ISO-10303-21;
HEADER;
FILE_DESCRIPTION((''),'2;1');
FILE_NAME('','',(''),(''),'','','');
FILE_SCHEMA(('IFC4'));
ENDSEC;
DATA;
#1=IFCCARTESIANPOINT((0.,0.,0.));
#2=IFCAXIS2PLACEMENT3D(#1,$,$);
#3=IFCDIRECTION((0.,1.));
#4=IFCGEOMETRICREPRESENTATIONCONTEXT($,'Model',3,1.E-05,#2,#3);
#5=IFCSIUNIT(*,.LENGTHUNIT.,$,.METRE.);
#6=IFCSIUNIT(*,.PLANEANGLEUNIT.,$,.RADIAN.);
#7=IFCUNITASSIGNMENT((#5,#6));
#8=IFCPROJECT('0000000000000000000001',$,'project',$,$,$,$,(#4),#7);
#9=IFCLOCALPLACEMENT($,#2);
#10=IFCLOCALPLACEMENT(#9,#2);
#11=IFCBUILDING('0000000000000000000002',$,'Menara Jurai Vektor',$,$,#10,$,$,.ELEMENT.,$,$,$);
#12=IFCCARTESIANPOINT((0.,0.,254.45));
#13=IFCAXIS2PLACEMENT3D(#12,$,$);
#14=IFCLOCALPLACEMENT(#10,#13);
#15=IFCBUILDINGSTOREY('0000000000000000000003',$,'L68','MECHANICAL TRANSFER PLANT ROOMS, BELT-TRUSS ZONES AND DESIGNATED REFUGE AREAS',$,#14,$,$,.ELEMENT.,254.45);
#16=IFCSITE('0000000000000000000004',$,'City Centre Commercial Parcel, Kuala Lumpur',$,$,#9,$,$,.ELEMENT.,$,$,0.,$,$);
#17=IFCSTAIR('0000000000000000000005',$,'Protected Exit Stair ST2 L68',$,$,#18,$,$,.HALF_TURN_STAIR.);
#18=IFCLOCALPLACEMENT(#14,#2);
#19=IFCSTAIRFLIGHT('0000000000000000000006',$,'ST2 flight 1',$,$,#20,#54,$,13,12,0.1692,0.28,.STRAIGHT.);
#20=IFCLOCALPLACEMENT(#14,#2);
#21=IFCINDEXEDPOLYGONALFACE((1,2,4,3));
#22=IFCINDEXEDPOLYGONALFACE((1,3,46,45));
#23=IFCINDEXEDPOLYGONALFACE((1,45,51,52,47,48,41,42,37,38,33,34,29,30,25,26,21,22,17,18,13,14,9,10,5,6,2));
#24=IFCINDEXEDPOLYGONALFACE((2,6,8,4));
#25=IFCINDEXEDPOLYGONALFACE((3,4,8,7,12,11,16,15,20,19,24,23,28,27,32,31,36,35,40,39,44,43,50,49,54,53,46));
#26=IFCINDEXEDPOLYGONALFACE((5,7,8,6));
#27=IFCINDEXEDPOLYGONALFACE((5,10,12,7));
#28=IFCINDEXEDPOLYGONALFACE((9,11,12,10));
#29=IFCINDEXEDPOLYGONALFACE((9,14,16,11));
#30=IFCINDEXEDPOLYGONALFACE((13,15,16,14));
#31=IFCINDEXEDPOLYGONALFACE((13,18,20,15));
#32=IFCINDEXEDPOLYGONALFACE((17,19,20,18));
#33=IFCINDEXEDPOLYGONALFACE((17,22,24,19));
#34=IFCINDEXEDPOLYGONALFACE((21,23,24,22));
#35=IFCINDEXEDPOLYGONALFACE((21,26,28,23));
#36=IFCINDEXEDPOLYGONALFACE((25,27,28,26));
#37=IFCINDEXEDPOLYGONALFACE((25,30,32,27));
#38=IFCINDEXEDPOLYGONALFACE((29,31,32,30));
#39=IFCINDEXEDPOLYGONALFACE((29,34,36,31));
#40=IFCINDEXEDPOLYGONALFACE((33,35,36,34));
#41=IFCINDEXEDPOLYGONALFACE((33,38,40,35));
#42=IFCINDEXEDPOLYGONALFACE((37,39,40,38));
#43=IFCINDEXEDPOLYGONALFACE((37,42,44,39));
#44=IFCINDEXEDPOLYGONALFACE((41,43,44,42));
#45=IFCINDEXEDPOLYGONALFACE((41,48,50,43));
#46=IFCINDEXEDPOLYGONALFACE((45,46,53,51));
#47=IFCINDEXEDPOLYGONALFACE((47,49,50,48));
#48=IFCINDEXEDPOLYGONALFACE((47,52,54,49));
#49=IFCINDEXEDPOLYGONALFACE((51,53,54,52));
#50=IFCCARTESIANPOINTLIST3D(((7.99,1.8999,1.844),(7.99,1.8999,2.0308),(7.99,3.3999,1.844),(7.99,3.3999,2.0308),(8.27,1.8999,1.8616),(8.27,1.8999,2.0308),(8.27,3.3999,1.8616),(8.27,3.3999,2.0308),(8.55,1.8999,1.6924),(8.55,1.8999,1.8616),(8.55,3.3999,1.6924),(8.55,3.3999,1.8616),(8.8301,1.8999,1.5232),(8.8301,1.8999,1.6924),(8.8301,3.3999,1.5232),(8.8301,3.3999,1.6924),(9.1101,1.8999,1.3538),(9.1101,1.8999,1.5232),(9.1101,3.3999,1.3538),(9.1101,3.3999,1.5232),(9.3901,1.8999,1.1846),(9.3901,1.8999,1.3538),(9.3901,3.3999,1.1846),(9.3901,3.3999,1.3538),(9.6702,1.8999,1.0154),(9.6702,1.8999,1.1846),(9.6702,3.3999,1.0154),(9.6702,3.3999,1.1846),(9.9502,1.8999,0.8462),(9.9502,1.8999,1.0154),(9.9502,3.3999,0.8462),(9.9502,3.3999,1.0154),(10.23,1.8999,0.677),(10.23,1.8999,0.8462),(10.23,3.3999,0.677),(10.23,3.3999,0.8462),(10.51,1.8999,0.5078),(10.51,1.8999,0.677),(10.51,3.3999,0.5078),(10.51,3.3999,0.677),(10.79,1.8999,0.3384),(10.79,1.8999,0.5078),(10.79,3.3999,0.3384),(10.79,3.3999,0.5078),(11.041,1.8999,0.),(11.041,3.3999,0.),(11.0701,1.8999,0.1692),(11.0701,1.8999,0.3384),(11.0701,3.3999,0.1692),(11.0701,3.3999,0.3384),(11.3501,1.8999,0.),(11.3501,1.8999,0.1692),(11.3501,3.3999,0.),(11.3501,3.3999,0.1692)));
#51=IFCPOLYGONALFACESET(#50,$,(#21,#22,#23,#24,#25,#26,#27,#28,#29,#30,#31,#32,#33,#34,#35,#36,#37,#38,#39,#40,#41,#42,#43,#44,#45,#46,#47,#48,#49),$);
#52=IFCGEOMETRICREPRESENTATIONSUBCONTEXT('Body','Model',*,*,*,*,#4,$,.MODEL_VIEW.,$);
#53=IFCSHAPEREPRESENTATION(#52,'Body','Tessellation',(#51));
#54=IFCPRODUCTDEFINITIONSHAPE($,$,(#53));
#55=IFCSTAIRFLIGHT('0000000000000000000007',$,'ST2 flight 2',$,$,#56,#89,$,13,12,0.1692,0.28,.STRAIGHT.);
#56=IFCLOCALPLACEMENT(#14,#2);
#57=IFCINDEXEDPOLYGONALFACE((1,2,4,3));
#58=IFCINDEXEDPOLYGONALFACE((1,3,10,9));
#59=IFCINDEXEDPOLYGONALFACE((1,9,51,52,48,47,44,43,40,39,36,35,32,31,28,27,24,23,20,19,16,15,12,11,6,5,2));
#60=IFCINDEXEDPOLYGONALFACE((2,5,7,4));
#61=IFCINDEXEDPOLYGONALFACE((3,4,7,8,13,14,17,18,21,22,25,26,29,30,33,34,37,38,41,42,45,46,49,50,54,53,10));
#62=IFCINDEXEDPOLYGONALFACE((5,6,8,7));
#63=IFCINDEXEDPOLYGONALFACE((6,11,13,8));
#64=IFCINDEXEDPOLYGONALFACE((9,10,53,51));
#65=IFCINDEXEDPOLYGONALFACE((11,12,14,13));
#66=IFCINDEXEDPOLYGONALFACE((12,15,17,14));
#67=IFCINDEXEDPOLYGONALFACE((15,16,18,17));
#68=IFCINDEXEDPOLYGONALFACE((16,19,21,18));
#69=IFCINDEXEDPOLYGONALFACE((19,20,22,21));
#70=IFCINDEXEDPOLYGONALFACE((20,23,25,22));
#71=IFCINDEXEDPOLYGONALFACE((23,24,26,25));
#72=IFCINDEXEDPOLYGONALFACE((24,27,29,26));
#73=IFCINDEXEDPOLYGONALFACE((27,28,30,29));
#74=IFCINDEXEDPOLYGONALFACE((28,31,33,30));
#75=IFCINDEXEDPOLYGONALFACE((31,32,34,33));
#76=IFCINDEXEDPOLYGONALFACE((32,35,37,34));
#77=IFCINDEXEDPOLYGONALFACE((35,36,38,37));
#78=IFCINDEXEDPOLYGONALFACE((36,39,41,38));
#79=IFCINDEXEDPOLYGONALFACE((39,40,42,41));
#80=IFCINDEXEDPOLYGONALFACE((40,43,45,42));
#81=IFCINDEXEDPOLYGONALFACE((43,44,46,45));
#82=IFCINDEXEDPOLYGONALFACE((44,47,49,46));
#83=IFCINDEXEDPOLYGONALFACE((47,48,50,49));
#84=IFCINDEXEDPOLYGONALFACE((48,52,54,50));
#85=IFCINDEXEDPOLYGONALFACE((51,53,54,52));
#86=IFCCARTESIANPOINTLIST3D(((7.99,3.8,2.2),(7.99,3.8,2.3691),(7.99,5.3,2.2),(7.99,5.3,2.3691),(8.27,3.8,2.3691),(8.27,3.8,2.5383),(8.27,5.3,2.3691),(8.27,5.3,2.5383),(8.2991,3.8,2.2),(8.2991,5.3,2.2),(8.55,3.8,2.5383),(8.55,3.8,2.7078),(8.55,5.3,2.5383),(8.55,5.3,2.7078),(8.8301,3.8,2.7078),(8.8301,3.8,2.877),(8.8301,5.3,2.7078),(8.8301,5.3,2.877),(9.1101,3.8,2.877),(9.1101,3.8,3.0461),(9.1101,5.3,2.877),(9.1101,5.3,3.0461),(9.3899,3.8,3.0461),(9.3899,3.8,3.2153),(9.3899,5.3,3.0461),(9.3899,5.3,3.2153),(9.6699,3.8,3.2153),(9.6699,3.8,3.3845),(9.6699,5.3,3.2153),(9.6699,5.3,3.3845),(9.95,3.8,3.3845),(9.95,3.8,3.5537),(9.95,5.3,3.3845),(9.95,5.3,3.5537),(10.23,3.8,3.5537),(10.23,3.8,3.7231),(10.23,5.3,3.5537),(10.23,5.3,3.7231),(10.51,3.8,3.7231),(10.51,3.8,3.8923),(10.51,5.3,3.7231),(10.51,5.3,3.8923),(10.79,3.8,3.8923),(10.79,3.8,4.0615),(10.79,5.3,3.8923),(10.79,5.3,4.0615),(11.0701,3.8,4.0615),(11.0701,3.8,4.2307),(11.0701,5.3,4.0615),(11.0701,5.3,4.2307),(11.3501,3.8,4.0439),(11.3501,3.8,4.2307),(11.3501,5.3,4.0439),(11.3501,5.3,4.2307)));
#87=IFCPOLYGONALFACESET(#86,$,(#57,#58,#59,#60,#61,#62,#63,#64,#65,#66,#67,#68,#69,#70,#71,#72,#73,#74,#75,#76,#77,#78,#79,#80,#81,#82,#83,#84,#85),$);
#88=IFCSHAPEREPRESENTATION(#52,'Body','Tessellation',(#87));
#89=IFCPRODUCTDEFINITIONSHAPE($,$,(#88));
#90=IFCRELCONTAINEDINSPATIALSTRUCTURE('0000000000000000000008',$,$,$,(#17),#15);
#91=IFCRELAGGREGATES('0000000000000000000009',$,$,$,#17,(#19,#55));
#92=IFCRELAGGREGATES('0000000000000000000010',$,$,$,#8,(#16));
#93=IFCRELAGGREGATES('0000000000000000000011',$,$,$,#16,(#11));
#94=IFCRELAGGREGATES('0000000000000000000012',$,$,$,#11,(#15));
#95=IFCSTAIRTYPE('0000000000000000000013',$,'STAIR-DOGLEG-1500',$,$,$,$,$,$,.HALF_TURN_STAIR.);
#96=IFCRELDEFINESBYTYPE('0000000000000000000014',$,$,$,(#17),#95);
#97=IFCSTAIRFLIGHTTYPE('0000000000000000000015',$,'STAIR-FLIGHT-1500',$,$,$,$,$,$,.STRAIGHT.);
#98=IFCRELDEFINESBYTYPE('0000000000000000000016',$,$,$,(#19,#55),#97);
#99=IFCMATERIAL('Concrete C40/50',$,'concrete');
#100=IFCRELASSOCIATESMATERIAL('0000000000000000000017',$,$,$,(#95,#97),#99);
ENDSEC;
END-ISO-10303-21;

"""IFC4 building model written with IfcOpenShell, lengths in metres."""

from ifc_helpers import new_model, si_unit, direction, frame, origin, place, context, subcontext, project, spatial, polyline, outline, extrude, material, type_object, element, aggregate, save


model = new_model("IFC4")

# Units and contexts
model_context = context("Model", 3, precision=1e-05, world=origin(), true_north=direction((0.0, 1.0)))
body_context = subcontext(model_context, "Body", "Model", "MODEL_VIEW")
ifc_project = project(units=[si_unit("LENGTHUNIT", "METRE"), si_unit("PLANEANGLEUNIT", "RADIAN")], contexts=[model_context])

# Site, building, storey
site_placement = place(None, origin())
site = spatial("IfcSite", under=ifc_project, at=site_placement, Name="City Centre Commercial Parcel, Kuala Lumpur", CompositionType="ELEMENT", RefElevation=0.0)
building_placement = place(site_placement, origin())
building = spatial("IfcBuilding", under=site, at=building_placement, Name="Menara Jurai Vektor", CompositionType="ELEMENT")
storey_placement = place(building_placement, frame((0.0, 0.0, 254.45)))
storey = spatial("IfcBuildingStorey", under=building, at=storey_placement, Name="L68", Description="MECHANICAL TRANSFER PLANT ROOMS, BELT-TRUSS ZONES AND DESIGNATED REFUGE AREAS", CompositionType="ELEMENT", Elevation=254.45)

# Shared definitions
ifc_material_1 = material(Name="Concrete C40/50", Category="concrete")

# Stair, stair flights
stair_type = type_object("IfcStairType", Name="STAIR-DOGLEG-1500", PredefinedType="HALF_TURN_STAIR", material=ifc_material_1)
stair_placement = place(storey_placement, origin())
stair = element("IfcStair", 1, at=stair_placement, inside=storey, type_object=stair_type, Name="Protected Exit Stair ST2 L68", PredefinedType="HALF_TURN_STAIR")
stair_flight_type = type_object("IfcStairFlightType", Name="STAIR-FLIGHT-1500", PredefinedType="STRAIGHT", material=ifc_material_1)
stair_flight_1_placement = place(storey_placement, frame((11.3501, 2.6499, 0.0), z_axis=(0.0, 0.0, 1.0), x_axis=(-1.0, 0.0, 0.0)))
stair_flight_1 = element("IfcStairFlight", 2, at=stair_flight_1_placement, type_object=stair_flight_type, Name="ST2 flight 1", NumberOfRisers=13, NumberOfTreads=12, PredefinedType="STRAIGHT", RiserHeight=0.1692, TreadLength=0.28, context=body_context, shape_type="SweptSolid", body=[
    extrude(outline(polyline([(0.0, 0.0), (0.0, 0.1692), (0.28, 0.1692), (0.28, 0.3384), (0.5601, 0.3384), (0.5601, 0.5078), (0.8401, 0.5078), (0.8401, 0.677), (1.1201, 0.677), (1.1201, 0.8462), (1.3999, 0.8462), (1.3999, 1.0154), (1.6799, 1.0154), (1.6799, 1.1846), (1.96, 1.1846), (1.96, 1.3538), (2.24, 1.3538), (2.24, 1.5232), (2.52, 1.5232), (2.52, 1.6924), (2.8, 1.6924), (2.8, 1.8616), (3.0801, 1.8616), (3.0801, 2.0308), (3.3601, 2.0308), (3.3601, 2.2), (3.3601, 1.844), (0.3091, 0.0), (0.0, 0.0)])), frame((0.0, 0.75, 0.0), z_axis=(0.0, -1.0, 0.0), x_axis=(1.0, 0.0, 0.0)), (0.0, 0.0, 1.0), 1.5),
])
stair_flight_2_placement = place(storey_placement, frame((7.99, 4.55, 2.2), z_axis=(0.0, 0.0, 1.0), x_axis=(1.0, 0.0, 0.0)))
stair_flight_2 = element("IfcStairFlight", 3, at=stair_flight_2_placement, type_object=stair_flight_type, Name="ST2 flight 2", NumberOfRisers=13, NumberOfTreads=12, PredefinedType="STRAIGHT", RiserHeight=0.1692, TreadLength=0.28, context=body_context, shape_type="SweptSolid", body=[
    extrude(outline(polyline([(0.0, 0.0), (0.0, 0.1692), (0.28, 0.1692), (0.28, 0.3384), (0.5601, 0.3384), (0.5601, 0.5078), (0.8401, 0.5078), (0.8401, 0.677), (1.1201, 0.677), (1.1201, 0.8462), (1.3999, 0.8462), (1.3999, 1.0154), (1.6799, 1.0154), (1.6799, 1.1846), (1.96, 1.1846), (1.96, 1.3538), (2.24, 1.3538), (2.24, 1.5232), (2.52, 1.5232), (2.52, 1.6924), (2.8, 1.6924), (2.8, 1.8616), (3.0801, 1.8616), (3.0801, 2.0308), (3.3601, 2.0308), (3.3601, 2.2), (3.3601, 1.844), (0.3091, 0.0), (0.0, 0.0)])), frame((0.0, 0.75, 0.0), z_axis=(0.0, -1.0, 0.0), x_axis=(1.0, 0.0, 0.0)), (0.0, 0.0, 1.0), 1.5),
])
aggregate(stair, [stair_flight_1, stair_flight_2])

save(model, "model.ifc")
